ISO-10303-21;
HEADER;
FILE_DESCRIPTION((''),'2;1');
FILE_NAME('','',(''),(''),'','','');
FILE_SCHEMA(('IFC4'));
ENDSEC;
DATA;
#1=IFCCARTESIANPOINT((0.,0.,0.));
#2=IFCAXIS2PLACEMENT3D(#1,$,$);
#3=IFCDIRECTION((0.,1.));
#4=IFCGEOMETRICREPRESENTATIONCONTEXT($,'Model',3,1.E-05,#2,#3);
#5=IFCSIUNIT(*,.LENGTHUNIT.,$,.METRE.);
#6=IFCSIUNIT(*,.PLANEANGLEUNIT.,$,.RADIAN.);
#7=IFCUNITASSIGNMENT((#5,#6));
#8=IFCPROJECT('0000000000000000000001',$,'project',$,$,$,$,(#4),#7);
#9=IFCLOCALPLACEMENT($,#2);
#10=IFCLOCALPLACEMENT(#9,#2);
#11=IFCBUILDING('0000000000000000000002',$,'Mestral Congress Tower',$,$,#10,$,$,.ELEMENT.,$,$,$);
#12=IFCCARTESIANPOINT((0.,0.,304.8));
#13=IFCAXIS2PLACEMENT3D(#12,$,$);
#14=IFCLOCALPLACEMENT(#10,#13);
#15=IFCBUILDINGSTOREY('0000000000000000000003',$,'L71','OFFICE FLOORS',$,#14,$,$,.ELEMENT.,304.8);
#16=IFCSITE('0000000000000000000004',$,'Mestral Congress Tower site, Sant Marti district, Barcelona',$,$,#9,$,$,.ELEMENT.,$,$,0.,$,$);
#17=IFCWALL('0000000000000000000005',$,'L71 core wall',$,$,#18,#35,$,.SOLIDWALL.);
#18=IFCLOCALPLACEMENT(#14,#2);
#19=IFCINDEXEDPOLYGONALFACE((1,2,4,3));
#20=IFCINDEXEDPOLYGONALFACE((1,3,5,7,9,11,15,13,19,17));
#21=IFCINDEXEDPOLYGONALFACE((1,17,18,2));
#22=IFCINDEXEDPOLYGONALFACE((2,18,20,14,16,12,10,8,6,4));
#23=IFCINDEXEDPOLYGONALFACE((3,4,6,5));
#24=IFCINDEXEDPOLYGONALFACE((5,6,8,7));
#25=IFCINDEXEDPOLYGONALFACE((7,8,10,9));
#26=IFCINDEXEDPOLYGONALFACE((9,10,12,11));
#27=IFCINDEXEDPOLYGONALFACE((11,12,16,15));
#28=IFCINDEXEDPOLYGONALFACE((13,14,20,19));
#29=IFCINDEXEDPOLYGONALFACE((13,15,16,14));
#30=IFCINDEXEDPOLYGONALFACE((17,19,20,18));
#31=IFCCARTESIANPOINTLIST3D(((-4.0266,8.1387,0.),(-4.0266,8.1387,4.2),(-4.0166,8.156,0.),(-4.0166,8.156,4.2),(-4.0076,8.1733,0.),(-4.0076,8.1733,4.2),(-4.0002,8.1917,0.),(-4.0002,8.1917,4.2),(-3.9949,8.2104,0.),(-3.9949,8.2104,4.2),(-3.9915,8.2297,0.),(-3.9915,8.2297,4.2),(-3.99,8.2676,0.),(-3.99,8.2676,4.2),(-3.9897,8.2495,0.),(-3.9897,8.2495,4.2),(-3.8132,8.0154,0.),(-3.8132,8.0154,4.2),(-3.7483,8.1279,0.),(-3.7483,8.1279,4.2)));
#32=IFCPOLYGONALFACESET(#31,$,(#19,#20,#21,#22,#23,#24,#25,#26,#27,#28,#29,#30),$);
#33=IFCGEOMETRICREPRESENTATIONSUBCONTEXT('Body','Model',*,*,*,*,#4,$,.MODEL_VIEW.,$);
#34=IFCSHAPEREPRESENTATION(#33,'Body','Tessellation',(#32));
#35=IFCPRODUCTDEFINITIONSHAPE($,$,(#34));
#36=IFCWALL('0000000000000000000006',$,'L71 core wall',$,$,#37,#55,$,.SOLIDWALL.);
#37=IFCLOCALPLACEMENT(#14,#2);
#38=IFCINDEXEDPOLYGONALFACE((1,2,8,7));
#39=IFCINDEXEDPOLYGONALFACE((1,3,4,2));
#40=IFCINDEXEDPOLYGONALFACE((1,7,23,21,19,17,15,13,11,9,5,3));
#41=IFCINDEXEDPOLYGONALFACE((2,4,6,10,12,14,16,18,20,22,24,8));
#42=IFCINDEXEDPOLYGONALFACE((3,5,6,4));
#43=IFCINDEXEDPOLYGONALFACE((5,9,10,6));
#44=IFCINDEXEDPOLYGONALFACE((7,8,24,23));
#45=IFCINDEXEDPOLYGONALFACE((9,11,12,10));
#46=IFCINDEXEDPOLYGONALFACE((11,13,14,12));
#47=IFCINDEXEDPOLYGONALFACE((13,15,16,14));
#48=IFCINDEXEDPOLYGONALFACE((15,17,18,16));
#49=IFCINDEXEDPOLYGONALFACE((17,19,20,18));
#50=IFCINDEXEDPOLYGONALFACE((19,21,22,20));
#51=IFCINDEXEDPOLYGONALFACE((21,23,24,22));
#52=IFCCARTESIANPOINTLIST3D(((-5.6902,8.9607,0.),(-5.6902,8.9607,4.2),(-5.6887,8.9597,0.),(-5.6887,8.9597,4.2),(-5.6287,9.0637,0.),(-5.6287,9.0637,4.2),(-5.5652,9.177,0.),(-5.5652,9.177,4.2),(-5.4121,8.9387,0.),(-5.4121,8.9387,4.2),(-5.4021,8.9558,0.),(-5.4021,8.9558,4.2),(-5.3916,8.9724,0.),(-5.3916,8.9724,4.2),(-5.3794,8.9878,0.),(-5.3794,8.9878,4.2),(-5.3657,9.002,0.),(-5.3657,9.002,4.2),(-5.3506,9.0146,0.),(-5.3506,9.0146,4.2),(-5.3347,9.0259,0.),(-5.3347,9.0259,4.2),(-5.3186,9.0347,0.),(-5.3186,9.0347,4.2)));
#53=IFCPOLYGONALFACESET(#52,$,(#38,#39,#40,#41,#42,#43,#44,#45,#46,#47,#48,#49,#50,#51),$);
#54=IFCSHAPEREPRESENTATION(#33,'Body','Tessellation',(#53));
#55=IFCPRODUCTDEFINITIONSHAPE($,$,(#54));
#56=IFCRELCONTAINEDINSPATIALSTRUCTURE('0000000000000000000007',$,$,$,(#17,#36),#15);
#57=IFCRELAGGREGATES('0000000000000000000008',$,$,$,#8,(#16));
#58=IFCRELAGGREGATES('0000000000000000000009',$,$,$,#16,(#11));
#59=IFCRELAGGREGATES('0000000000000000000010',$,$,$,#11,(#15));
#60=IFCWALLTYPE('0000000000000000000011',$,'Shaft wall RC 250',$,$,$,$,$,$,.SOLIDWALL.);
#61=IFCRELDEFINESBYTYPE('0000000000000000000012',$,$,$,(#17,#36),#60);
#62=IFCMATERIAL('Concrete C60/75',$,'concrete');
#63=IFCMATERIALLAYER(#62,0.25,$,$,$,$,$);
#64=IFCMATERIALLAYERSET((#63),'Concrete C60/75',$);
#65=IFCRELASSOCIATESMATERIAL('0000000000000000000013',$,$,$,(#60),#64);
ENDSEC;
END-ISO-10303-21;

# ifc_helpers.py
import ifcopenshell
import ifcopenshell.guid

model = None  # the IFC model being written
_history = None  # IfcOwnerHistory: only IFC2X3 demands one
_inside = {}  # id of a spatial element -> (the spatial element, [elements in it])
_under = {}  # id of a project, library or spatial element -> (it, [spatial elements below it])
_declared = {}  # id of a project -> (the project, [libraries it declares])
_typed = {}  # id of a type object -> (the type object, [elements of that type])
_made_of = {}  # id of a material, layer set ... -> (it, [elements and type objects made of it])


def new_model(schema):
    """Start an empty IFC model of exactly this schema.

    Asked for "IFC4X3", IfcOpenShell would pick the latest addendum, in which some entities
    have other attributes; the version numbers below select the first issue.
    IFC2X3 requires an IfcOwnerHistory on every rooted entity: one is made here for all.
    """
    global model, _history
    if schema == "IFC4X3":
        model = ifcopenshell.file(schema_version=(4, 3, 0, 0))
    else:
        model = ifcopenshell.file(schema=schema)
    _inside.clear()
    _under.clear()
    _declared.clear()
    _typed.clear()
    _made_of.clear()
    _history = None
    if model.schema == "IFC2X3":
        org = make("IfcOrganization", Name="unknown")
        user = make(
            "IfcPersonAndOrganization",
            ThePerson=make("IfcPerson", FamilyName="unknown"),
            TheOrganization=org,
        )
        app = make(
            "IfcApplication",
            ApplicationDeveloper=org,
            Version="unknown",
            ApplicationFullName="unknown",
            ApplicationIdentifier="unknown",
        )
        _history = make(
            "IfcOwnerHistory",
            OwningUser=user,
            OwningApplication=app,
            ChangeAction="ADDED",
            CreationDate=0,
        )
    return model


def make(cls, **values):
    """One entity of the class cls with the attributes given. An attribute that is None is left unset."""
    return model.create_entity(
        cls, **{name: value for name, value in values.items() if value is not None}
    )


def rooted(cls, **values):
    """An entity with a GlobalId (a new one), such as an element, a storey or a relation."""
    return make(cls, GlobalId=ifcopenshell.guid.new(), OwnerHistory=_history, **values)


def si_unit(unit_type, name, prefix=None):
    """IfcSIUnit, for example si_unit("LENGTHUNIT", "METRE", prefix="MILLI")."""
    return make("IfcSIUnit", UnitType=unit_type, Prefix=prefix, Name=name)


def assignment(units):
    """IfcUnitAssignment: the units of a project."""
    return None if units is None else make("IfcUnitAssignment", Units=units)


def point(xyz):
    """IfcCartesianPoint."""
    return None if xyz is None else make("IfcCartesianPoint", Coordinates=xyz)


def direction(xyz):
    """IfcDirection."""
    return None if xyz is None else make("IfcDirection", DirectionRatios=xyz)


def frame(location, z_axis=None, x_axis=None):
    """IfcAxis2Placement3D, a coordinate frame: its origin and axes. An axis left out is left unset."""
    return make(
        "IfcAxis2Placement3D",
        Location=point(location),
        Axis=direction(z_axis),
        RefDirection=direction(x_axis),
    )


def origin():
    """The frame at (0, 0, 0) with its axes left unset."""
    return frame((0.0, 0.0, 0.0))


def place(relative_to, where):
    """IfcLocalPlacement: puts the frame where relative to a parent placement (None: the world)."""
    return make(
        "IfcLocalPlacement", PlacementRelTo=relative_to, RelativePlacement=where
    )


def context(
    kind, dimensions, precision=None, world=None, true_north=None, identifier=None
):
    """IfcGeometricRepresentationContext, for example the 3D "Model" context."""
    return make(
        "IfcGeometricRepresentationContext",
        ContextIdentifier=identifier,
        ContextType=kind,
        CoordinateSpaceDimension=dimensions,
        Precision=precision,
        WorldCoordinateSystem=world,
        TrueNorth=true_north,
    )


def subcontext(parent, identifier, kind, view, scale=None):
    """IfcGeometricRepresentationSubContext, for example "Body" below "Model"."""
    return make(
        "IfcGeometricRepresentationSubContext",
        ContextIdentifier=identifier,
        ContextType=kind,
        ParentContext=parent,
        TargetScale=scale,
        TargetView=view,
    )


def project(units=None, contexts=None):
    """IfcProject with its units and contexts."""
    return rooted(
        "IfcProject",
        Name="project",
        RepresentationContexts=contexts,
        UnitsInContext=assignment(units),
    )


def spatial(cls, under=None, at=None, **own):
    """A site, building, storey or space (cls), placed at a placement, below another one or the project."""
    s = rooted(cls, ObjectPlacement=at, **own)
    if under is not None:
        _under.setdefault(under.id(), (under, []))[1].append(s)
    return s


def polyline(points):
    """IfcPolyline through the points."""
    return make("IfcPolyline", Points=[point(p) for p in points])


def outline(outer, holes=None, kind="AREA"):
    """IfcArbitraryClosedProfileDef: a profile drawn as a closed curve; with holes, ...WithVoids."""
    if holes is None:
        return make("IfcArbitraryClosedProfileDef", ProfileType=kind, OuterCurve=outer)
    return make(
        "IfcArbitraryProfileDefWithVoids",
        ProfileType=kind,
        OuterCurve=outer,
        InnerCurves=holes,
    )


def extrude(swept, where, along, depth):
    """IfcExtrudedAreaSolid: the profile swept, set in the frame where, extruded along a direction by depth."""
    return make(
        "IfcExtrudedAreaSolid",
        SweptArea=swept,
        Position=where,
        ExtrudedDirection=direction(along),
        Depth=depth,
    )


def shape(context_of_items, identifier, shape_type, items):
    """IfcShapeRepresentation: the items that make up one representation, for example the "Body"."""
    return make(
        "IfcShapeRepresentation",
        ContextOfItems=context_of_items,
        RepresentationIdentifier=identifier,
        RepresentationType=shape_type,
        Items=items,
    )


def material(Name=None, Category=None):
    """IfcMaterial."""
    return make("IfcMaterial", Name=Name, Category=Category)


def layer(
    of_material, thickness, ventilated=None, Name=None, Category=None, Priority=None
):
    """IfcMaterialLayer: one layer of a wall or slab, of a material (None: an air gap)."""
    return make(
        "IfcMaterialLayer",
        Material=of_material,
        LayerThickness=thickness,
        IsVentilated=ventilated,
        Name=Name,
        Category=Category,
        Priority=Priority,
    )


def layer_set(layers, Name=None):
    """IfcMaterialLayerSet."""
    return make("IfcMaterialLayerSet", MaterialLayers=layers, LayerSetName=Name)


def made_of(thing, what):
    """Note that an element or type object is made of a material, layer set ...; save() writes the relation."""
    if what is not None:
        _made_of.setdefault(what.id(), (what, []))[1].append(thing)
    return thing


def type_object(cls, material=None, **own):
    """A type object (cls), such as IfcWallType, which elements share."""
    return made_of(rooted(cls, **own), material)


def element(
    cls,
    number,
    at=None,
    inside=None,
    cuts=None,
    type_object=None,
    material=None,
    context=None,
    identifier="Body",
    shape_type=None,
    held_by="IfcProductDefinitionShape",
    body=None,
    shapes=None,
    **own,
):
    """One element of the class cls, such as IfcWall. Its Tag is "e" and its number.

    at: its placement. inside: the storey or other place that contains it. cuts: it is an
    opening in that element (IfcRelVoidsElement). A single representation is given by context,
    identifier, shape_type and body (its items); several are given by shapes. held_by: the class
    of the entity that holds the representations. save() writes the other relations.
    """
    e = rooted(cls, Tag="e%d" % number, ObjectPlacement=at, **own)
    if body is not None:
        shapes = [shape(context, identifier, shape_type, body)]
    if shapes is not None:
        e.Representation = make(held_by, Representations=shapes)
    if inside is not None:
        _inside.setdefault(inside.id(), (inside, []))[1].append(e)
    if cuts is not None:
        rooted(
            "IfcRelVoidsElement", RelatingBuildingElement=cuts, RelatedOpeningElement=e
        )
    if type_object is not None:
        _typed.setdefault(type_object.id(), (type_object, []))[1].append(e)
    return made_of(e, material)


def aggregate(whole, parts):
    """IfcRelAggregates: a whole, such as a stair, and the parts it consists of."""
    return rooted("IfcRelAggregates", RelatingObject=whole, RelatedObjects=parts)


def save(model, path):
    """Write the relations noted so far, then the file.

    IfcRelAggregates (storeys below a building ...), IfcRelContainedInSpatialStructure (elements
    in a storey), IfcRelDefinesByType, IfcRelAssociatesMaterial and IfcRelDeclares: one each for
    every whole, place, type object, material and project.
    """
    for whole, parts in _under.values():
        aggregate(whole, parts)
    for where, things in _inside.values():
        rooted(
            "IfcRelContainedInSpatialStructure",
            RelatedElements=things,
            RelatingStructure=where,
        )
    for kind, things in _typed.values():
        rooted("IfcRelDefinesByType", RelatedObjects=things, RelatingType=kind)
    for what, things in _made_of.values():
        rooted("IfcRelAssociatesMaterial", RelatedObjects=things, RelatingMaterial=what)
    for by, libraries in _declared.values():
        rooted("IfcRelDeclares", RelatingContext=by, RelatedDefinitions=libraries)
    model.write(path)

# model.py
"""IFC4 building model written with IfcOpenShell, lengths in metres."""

from ifc_helpers import new_model, si_unit, direction, frame, origin, place, context, subcontext, project, spatial, polyline, outline, extrude, material, layer, layer_set, type_object, element, save


model = new_model("IFC4")

# Units and contexts
model_context = context("Model", 3, precision=1e-05, world=origin(), true_north=direction((0.0, 1.0)))
body_context = subcontext(model_context, "Body", "Model", "MODEL_VIEW")
ifc_project = project(units=[si_unit("LENGTHUNIT", "METRE"), si_unit("PLANEANGLEUNIT", "RADIAN")], contexts=[model_context])

# Site, building, storey
site_placement = place(None, origin())
site = spatial("IfcSite", under=ifc_project, at=site_placement, Name="Mestral Congress Tower site, Sant Marti district, Barcelona", CompositionType="ELEMENT", RefElevation=0.0)
building_placement = place(site_placement, origin())
building = spatial("IfcBuilding", under=site, at=building_placement, Name="Mestral Congress Tower", CompositionType="ELEMENT")
storey_placement = place(building_placement, frame((0.0, 0.0, 304.8)))
storey = spatial("IfcBuildingStorey", under=building, at=storey_placement, Name="L71", Description="OFFICE FLOORS", CompositionType="ELEMENT", Elevation=304.8)

# Walls
ifc_material = material(Name="Concrete C60/75", Category="concrete")
placement = place(storey_placement, origin())
ifc_layer_1 = layer(ifc_material, 0.25)
ifc_layer_set_1 = layer_set([ifc_layer_1], Name="Concrete C60/75")
wall_type_1 = type_object("IfcWallType", Name="Shaft wall RC 250", PredefinedType="SOLIDWALL", material=ifc_layer_set_1)
element("IfcWall", 1, at=placement, inside=storey, type_object=wall_type_1, Name="L71 core wall", PredefinedType="SOLIDWALL", context=body_context, shape_type="SweptSolid", body=[
    extrude(outline(polyline([(-3.7483, 8.1279), (-3.8132, 8.0154), (-4.0266, 8.1387), (-4.0166, 8.156), (-4.0076, 8.1733), (-4.0002, 8.1917), (-3.9949, 8.2104), (-3.9915, 8.2297), (-3.9897, 8.2495), (-3.99, 8.2676), (-3.7483, 8.1279)])), origin(), (0.0, 0.0, 1.0), 4.2),
])
element("IfcWall", 2, at=placement, inside=storey, type_object=wall_type_1, Name="L71 core wall", PredefinedType="SOLIDWALL", context=body_context, shape_type="SweptSolid", body=[
    extrude(outline(polyline([(-5.6887, 8.9597), (-5.6902, 8.9607), (-5.5652, 9.177), (-5.3186, 9.0347), (-5.3347, 9.0259), (-5.3506, 9.0146), (-5.3657, 9.002), (-5.3794, 8.9878), (-5.3916, 8.9724), (-5.4021, 8.9558), (-5.4121, 8.9387), (-5.6287, 9.0637), (-5.6287, 9.0637), (-5.6887, 8.9597)])), origin(), (0.0, 0.0, 1.0), 4.2),
])

save(model, "model.ifc")
